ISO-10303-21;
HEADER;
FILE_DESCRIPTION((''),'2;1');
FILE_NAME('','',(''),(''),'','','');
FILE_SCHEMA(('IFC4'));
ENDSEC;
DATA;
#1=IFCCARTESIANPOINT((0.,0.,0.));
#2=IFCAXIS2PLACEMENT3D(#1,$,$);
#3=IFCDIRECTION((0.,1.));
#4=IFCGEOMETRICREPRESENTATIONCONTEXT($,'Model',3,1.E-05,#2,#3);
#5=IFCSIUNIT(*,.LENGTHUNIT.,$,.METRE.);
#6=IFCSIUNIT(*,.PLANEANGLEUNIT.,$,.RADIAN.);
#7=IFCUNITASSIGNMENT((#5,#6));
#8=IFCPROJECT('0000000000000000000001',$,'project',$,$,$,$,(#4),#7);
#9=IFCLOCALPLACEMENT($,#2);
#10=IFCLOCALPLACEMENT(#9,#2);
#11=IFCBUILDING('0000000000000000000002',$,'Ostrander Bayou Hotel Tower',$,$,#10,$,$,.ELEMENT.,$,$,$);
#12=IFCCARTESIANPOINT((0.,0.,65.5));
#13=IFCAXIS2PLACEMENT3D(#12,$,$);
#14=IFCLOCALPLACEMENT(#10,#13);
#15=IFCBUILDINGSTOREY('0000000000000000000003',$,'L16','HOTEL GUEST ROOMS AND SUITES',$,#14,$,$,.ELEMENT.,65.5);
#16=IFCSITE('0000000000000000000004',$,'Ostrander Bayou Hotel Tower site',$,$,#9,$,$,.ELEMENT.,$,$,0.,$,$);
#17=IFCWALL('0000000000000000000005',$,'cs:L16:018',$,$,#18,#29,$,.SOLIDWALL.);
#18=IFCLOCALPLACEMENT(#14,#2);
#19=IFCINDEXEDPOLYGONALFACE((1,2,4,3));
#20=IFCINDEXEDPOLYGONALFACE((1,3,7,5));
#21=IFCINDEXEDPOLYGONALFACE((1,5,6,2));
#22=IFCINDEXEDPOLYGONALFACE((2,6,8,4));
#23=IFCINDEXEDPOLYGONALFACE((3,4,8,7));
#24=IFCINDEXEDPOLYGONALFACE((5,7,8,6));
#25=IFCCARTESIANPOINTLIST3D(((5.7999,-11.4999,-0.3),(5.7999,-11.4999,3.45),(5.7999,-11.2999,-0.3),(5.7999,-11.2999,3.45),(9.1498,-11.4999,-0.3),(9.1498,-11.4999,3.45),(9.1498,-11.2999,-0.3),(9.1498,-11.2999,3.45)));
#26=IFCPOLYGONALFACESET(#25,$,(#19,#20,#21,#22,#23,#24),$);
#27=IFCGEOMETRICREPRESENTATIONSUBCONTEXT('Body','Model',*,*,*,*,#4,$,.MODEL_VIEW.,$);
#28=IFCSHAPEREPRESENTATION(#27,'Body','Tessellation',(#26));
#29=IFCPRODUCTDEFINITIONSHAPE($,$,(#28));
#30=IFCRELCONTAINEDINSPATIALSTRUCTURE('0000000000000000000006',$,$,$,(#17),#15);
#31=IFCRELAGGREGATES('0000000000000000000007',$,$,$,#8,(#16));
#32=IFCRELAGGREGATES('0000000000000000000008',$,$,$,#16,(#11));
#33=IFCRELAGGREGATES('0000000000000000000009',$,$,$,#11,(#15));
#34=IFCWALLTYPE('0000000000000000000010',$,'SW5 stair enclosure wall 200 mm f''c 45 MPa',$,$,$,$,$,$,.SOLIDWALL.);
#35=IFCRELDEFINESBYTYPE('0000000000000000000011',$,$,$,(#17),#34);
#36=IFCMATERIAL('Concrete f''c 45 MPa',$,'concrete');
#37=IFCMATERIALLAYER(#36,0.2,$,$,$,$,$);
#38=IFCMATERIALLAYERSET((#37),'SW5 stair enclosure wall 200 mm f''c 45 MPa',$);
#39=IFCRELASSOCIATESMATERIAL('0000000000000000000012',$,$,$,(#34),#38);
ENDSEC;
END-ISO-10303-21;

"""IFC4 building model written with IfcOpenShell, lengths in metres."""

from ifc_helpers import new_model, si_unit, direction, frame, frame_2d, origin, place, context, subcontext, project, spatial, rectangle, extrude, material, layer, layer_set, type_object, element, save


model = new_model("IFC4")

# Units and contexts
model_context = context("Model", 3, precision=1e-05, world=origin(), true_north=direction((0.0, 1.0)))
body_context = subcontext(model_context, "Body", "Model", "MODEL_VIEW")
ifc_project = project(units=[si_unit("LENGTHUNIT", "METRE"), si_unit("PLANEANGLEUNIT", "RADIAN")], contexts=[model_context])

# Site, building, storey
site_placement = place(None, origin())
site = spatial("IfcSite", under=ifc_project, at=site_placement, Name="Ostrander Bayou Hotel Tower site", CompositionType="ELEMENT", RefElevation=0.0)
building_placement = place(site_placement, origin())
building = spatial("IfcBuilding", under=site, at=building_placement, Name="Ostrander Bayou Hotel Tower", CompositionType="ELEMENT")
storey_placement = place(building_placement, frame((0.0, 0.0, 65.5)))
storey = spatial("IfcBuildingStorey", under=building, at=storey_placement, Name="L16", Description="HOTEL GUEST ROOMS AND SUITES", CompositionType="ELEMENT", Elevation=65.5)

# Wall
ifc_material_1 = material(Name="Concrete f'c 45 MPa", Category="concrete")
ifc_layer_1 = layer(ifc_material_1, 0.2)
ifc_layer_set_1 = layer_set([ifc_layer_1], Name="SW5 stair enclosure wall 200 mm f'c 45 MPa")
wall_type_1 = type_object("IfcWallType", Name="SW5 stair enclosure wall 200 mm f'c 45 MPa", PredefinedType="SOLIDWALL", material=ifc_layer_set_1)
wall_1_placement = place(storey_placement, frame((5.8, -11.3999, -0.3), z_axis=(0.0, 0.0, 1.0), x_axis=(1.0, 0.0, 0.0)))
element("IfcWall", 1, at=wall_1_placement, inside=storey, type_object=wall_type_1, Name="cs:L16:018", PredefinedType="SOLIDWALL", context=body_context, shape_type="SweptSolid", body=[
    extrude(rectangle(XDim=3.3499, YDim=0.2, at=frame_2d((1.6748, 0.0))), origin(), (0.0, 0.0, 1.0), 3.75),
])

save(model, "model.ifc")
